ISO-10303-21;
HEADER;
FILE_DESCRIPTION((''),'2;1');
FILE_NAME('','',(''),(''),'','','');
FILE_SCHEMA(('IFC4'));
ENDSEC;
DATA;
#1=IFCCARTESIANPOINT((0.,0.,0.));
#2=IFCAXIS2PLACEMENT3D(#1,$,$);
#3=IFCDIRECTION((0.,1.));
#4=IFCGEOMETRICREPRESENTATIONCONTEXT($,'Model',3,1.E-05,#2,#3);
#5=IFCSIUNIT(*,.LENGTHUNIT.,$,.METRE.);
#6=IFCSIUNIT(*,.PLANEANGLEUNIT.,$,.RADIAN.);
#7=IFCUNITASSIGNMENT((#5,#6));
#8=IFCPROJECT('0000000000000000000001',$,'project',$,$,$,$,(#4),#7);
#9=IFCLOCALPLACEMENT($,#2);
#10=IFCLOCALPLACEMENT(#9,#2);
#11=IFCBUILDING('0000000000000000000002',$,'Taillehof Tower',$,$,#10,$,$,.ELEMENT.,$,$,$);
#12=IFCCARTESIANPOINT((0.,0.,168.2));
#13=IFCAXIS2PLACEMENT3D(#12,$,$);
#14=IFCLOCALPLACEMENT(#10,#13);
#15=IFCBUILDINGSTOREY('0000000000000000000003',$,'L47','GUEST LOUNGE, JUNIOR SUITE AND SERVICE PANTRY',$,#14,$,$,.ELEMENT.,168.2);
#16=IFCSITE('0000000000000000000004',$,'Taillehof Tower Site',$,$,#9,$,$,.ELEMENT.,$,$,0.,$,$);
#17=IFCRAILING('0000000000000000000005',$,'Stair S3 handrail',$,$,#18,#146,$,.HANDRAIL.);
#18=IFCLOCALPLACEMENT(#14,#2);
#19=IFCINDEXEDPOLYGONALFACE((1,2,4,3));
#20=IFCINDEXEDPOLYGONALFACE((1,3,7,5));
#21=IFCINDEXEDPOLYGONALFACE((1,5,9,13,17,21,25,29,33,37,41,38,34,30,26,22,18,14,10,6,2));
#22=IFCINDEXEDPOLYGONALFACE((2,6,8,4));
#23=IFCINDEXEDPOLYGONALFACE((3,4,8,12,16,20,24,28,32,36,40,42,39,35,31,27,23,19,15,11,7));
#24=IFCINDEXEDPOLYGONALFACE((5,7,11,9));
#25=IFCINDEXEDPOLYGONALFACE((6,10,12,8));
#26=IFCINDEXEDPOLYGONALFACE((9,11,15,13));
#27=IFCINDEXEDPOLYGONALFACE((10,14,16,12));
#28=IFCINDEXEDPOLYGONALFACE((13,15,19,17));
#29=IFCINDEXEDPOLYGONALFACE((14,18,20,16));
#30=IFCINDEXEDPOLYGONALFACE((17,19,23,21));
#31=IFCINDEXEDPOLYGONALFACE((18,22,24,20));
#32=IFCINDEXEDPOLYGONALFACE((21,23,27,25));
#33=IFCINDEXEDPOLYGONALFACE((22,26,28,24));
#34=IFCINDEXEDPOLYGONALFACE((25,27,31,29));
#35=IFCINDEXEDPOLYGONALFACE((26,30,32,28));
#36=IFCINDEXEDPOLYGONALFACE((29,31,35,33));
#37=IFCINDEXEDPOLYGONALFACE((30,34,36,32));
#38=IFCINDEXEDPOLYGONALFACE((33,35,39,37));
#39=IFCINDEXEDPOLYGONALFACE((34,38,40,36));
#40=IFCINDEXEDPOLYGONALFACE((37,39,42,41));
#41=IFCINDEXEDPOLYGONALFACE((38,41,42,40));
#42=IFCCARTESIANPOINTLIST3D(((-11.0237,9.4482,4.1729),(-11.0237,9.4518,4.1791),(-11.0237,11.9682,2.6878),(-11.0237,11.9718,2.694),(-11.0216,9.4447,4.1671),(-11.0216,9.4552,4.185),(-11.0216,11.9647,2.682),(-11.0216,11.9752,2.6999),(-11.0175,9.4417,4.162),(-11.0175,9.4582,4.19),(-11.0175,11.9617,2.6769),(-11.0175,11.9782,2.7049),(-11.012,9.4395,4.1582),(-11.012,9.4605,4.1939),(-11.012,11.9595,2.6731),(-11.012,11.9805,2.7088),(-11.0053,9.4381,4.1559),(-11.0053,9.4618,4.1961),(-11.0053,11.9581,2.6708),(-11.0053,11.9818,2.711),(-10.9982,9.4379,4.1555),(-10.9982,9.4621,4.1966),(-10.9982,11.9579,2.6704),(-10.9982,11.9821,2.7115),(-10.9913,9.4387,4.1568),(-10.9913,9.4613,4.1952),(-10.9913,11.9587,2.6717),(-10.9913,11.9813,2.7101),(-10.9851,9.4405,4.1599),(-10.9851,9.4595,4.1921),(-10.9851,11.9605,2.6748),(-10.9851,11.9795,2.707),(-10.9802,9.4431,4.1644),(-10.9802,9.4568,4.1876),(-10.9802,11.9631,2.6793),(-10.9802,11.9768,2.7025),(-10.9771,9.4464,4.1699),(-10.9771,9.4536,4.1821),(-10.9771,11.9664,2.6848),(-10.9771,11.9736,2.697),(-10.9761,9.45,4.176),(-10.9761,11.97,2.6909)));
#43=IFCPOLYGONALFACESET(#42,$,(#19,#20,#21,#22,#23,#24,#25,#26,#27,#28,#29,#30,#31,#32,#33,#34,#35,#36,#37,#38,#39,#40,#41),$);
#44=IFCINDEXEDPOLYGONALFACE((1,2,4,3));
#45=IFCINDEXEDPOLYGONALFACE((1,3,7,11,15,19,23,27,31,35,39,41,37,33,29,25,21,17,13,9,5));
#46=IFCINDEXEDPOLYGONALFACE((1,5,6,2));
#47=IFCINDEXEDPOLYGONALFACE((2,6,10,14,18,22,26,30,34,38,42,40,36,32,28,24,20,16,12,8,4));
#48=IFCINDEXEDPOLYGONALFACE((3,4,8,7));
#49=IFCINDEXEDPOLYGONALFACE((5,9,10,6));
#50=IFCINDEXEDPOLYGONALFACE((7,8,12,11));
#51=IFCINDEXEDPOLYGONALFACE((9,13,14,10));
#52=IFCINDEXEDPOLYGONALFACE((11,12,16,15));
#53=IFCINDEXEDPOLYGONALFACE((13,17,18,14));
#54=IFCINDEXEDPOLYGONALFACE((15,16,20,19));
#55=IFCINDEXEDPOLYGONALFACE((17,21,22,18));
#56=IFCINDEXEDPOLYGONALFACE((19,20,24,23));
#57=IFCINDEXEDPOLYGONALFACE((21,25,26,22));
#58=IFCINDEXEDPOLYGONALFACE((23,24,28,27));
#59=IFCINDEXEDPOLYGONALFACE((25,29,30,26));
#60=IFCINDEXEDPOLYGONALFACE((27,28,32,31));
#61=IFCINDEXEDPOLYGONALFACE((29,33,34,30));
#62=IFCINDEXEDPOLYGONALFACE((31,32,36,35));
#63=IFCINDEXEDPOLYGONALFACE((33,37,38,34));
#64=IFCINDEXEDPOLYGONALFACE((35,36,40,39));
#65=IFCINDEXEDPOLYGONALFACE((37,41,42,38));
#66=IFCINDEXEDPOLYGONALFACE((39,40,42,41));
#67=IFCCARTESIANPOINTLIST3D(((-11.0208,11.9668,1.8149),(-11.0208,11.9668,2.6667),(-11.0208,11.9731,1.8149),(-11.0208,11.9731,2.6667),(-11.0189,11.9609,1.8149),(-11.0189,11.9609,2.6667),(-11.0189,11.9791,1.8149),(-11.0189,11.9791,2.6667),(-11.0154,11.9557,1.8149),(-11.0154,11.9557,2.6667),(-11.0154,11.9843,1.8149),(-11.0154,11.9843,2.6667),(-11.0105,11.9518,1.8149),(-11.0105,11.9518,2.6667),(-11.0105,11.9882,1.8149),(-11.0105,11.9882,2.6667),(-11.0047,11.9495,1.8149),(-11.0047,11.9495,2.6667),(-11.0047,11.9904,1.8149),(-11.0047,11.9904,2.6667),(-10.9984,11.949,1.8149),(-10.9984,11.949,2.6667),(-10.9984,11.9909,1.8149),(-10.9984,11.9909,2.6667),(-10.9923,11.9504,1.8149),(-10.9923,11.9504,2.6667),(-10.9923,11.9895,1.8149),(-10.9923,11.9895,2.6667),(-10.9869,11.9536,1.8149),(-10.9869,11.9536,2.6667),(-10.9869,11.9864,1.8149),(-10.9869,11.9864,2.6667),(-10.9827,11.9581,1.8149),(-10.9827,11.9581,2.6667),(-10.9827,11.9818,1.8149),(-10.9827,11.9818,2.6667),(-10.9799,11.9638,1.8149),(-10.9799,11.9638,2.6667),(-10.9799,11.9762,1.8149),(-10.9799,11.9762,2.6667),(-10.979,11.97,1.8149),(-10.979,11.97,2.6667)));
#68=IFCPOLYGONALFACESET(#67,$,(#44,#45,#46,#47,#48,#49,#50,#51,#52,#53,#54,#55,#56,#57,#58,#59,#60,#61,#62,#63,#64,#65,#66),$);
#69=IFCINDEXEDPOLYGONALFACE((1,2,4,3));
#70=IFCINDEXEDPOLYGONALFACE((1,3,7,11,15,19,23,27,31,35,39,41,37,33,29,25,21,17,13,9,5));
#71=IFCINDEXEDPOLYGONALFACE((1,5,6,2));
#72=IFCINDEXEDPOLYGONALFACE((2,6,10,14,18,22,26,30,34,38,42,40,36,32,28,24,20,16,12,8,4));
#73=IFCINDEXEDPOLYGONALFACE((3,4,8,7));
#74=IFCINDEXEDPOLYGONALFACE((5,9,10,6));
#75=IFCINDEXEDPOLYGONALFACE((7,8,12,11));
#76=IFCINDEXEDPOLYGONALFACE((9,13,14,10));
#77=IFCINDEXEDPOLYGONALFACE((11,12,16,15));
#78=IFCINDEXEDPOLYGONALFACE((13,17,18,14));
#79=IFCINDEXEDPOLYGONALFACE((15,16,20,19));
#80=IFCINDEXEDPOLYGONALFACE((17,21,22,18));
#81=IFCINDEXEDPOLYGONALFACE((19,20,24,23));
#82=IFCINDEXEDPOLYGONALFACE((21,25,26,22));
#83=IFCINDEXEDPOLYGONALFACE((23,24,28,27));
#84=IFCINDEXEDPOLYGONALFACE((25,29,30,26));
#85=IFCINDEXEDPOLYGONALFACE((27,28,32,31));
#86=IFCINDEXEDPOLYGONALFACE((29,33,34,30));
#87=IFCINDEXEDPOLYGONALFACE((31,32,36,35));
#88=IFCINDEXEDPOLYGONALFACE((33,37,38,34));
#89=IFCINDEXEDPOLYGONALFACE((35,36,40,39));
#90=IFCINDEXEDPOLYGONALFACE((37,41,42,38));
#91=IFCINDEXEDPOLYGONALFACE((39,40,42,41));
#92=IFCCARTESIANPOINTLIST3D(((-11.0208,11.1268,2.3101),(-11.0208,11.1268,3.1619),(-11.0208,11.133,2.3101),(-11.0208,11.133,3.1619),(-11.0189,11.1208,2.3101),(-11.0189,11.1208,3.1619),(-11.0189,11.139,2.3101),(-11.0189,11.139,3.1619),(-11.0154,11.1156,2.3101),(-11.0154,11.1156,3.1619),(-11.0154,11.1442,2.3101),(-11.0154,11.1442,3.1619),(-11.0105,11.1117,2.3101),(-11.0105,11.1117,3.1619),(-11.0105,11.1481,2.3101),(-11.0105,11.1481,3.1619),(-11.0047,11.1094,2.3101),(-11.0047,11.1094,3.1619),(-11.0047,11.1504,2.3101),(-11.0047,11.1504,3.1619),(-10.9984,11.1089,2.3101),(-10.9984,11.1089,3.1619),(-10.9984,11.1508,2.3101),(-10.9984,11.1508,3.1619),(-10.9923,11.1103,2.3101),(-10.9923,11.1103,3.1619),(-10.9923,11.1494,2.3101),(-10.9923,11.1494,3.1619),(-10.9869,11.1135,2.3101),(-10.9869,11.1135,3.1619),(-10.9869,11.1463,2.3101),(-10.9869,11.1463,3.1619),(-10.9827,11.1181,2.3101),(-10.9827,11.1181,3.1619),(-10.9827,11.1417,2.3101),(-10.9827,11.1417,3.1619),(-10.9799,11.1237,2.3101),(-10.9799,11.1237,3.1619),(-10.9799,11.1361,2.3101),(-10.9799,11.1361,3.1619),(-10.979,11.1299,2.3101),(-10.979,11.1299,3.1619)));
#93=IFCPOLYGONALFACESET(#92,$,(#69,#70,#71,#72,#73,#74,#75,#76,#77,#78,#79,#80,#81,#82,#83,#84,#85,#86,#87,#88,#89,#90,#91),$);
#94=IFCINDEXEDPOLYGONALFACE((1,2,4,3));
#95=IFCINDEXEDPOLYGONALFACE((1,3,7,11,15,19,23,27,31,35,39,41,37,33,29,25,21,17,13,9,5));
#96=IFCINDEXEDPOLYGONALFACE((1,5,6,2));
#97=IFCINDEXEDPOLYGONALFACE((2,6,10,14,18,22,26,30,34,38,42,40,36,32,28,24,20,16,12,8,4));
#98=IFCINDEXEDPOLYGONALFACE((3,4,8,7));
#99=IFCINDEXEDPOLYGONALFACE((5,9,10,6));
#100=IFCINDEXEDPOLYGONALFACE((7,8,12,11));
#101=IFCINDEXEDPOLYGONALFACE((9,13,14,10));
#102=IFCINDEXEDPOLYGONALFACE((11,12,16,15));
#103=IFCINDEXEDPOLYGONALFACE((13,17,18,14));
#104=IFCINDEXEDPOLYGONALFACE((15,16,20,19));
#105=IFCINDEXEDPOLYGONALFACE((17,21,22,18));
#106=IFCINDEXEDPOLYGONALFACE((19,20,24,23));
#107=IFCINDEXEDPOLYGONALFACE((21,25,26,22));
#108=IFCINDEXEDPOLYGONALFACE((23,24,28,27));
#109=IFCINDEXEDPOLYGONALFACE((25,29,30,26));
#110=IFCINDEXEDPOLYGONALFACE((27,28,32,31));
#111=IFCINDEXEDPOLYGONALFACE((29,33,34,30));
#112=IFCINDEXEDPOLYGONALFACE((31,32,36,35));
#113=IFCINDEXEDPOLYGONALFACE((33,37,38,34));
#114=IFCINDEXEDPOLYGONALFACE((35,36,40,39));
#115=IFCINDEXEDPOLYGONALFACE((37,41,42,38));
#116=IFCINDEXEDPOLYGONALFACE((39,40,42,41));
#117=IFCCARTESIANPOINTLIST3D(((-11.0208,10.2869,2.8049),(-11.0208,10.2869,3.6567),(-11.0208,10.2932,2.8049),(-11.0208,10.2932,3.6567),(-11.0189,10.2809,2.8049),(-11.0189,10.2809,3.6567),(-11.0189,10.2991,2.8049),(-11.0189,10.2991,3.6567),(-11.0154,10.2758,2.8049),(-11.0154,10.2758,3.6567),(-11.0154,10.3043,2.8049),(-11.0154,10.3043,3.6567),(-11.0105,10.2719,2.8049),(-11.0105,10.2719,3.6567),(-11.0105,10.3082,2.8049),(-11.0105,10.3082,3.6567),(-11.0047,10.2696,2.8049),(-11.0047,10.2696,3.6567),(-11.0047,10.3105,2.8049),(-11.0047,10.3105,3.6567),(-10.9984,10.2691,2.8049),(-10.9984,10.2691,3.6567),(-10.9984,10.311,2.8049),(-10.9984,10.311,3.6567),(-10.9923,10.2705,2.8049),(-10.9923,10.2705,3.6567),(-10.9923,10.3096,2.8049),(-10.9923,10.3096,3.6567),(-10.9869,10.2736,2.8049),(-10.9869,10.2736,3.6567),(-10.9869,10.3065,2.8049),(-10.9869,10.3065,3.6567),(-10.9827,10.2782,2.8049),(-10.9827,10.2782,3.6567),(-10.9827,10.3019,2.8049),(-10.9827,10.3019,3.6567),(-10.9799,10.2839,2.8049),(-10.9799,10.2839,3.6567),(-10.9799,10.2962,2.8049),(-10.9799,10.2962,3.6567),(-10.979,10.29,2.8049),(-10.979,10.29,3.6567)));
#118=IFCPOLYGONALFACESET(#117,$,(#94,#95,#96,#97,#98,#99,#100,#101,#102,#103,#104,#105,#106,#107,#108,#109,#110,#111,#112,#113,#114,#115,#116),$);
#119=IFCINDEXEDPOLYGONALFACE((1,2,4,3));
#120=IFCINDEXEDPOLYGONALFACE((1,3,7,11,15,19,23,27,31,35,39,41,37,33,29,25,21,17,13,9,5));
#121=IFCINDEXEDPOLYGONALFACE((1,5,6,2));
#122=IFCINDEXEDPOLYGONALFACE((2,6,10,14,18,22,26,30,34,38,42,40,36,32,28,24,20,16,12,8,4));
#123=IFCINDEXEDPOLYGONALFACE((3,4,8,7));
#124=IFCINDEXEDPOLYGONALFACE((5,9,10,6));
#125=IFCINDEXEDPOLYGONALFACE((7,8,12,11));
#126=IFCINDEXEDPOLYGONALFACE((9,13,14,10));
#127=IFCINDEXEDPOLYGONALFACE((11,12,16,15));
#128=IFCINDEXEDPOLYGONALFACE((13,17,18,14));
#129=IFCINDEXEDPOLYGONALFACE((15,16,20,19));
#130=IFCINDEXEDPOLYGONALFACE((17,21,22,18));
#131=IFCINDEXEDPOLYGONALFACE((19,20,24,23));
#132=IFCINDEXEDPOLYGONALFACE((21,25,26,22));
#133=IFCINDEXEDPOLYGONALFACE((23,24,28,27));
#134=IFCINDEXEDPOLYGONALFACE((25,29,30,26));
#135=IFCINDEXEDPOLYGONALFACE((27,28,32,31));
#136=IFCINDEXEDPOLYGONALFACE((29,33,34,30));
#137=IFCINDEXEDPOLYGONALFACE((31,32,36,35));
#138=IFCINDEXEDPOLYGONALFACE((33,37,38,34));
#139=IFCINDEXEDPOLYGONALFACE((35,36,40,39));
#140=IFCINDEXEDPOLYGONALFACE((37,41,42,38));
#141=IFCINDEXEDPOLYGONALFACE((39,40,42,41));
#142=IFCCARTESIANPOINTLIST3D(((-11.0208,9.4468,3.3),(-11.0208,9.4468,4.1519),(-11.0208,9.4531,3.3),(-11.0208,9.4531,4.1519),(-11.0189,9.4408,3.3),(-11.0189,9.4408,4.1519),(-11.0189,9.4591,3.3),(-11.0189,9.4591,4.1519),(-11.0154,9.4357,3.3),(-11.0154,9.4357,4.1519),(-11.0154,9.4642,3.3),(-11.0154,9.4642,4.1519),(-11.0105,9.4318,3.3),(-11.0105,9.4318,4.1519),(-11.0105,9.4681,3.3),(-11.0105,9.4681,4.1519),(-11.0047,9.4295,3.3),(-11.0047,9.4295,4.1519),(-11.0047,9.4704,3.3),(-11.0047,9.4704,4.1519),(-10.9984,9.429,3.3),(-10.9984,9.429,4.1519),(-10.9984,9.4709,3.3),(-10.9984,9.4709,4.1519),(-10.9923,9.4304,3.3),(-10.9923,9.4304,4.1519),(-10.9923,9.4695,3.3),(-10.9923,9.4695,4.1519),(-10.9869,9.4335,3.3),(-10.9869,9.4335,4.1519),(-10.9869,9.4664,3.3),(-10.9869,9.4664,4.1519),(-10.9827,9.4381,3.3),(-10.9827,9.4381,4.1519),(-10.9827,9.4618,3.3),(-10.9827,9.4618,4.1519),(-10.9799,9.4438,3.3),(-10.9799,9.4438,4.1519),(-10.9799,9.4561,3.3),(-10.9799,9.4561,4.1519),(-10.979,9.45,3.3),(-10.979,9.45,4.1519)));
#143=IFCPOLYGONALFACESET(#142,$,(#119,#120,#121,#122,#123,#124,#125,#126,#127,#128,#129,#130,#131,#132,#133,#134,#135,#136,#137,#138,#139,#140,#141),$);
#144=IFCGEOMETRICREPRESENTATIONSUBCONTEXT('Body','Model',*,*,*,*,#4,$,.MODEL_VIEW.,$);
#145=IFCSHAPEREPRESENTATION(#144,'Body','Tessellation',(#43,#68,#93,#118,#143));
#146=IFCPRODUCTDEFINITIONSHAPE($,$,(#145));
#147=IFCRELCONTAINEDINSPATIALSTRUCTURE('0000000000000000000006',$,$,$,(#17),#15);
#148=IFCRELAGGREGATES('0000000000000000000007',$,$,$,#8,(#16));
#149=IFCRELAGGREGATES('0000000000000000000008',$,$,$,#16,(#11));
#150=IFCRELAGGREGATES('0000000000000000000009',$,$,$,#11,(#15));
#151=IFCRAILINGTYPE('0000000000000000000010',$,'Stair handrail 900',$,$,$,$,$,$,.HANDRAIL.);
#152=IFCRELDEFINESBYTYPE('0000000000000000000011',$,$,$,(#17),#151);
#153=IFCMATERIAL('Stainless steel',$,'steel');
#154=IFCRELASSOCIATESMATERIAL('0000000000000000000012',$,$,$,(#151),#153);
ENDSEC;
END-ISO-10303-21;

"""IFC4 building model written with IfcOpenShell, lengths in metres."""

from ifc_helpers import new_model, si_unit, direction, frame, origin, origin_2d, place, context, subcontext, project, spatial, circle, extrude, material, type_object, element, save


model = new_model("IFC4")

# Units and contexts
model_context = context("Model", 3, precision=1e-05, world=origin(), true_north=direction((0.0, 1.0)))
body_context = subcontext(model_context, "Body", "Model", "MODEL_VIEW")
ifc_project = project(units=[si_unit("LENGTHUNIT", "METRE"), si_unit("PLANEANGLEUNIT", "RADIAN")], contexts=[model_context])

# Site, building, storey
site_placement = place(None, origin())
site = spatial("IfcSite", under=ifc_project, at=site_placement, Name="Taillehof Tower Site", CompositionType="ELEMENT", RefElevation=0.0)
building_placement = place(site_placement, origin())
building = spatial("IfcBuilding", under=site, at=building_placement, Name="Taillehof Tower", CompositionType="ELEMENT")
storey_placement = place(building_placement, frame((0.0, 0.0, 168.2)))
storey = spatial("IfcBuildingStorey", under=building, at=storey_placement, Name="L47", Description="GUEST LOUNGE, JUNIOR SUITE AND SERVICE PANTRY", CompositionType="ELEMENT", Elevation=168.2)

# Railing
ifc_material_1 = material(Name="Stainless steel", Category="steel")
railing_type = type_object("IfcRailingType", Name="Stair handrail 900", PredefinedType="HANDRAIL", material=ifc_material_1)
railing_placement = place(storey_placement, frame((-11.0, 11.97, 1.8149)))
element("IfcRailing", 1, at=railing_placement, inside=storey, type_object=railing_type, Name="Stair S3 handrail", PredefinedType="HANDRAIL", context=body_context, shape_type="SweptSolid", body=[
    extrude(circle(Radius=0.0239, at=origin_2d()), frame((0.0, 0.0, 0.876), z_axis=(0.0, -0.861524, 0.507717), x_axis=(1.0, 0.0, 0.0)), (0.0, 0.0, 1.0), 2.925),
    extrude(circle(Radius=0.021, at=origin_2d()), origin(), (0.0, 0.0, 1.0), 0.8518),
    extrude(circle(Radius=0.021, at=origin_2d()), frame((0.0, -0.8401, 0.4951)), (0.0, 0.0, 1.0), 0.8518),
    extrude(circle(Radius=0.021, at=origin_2d()), frame((0.0, -1.6799, 0.99)), (0.0, 0.0, 1.0), 0.8518),
    extrude(circle(Radius=0.021, at=origin_2d()), frame((0.0, -2.52, 1.4851)), (0.0, 0.0, 1.0), 0.8518),
])

save(model, "model.ifc")
